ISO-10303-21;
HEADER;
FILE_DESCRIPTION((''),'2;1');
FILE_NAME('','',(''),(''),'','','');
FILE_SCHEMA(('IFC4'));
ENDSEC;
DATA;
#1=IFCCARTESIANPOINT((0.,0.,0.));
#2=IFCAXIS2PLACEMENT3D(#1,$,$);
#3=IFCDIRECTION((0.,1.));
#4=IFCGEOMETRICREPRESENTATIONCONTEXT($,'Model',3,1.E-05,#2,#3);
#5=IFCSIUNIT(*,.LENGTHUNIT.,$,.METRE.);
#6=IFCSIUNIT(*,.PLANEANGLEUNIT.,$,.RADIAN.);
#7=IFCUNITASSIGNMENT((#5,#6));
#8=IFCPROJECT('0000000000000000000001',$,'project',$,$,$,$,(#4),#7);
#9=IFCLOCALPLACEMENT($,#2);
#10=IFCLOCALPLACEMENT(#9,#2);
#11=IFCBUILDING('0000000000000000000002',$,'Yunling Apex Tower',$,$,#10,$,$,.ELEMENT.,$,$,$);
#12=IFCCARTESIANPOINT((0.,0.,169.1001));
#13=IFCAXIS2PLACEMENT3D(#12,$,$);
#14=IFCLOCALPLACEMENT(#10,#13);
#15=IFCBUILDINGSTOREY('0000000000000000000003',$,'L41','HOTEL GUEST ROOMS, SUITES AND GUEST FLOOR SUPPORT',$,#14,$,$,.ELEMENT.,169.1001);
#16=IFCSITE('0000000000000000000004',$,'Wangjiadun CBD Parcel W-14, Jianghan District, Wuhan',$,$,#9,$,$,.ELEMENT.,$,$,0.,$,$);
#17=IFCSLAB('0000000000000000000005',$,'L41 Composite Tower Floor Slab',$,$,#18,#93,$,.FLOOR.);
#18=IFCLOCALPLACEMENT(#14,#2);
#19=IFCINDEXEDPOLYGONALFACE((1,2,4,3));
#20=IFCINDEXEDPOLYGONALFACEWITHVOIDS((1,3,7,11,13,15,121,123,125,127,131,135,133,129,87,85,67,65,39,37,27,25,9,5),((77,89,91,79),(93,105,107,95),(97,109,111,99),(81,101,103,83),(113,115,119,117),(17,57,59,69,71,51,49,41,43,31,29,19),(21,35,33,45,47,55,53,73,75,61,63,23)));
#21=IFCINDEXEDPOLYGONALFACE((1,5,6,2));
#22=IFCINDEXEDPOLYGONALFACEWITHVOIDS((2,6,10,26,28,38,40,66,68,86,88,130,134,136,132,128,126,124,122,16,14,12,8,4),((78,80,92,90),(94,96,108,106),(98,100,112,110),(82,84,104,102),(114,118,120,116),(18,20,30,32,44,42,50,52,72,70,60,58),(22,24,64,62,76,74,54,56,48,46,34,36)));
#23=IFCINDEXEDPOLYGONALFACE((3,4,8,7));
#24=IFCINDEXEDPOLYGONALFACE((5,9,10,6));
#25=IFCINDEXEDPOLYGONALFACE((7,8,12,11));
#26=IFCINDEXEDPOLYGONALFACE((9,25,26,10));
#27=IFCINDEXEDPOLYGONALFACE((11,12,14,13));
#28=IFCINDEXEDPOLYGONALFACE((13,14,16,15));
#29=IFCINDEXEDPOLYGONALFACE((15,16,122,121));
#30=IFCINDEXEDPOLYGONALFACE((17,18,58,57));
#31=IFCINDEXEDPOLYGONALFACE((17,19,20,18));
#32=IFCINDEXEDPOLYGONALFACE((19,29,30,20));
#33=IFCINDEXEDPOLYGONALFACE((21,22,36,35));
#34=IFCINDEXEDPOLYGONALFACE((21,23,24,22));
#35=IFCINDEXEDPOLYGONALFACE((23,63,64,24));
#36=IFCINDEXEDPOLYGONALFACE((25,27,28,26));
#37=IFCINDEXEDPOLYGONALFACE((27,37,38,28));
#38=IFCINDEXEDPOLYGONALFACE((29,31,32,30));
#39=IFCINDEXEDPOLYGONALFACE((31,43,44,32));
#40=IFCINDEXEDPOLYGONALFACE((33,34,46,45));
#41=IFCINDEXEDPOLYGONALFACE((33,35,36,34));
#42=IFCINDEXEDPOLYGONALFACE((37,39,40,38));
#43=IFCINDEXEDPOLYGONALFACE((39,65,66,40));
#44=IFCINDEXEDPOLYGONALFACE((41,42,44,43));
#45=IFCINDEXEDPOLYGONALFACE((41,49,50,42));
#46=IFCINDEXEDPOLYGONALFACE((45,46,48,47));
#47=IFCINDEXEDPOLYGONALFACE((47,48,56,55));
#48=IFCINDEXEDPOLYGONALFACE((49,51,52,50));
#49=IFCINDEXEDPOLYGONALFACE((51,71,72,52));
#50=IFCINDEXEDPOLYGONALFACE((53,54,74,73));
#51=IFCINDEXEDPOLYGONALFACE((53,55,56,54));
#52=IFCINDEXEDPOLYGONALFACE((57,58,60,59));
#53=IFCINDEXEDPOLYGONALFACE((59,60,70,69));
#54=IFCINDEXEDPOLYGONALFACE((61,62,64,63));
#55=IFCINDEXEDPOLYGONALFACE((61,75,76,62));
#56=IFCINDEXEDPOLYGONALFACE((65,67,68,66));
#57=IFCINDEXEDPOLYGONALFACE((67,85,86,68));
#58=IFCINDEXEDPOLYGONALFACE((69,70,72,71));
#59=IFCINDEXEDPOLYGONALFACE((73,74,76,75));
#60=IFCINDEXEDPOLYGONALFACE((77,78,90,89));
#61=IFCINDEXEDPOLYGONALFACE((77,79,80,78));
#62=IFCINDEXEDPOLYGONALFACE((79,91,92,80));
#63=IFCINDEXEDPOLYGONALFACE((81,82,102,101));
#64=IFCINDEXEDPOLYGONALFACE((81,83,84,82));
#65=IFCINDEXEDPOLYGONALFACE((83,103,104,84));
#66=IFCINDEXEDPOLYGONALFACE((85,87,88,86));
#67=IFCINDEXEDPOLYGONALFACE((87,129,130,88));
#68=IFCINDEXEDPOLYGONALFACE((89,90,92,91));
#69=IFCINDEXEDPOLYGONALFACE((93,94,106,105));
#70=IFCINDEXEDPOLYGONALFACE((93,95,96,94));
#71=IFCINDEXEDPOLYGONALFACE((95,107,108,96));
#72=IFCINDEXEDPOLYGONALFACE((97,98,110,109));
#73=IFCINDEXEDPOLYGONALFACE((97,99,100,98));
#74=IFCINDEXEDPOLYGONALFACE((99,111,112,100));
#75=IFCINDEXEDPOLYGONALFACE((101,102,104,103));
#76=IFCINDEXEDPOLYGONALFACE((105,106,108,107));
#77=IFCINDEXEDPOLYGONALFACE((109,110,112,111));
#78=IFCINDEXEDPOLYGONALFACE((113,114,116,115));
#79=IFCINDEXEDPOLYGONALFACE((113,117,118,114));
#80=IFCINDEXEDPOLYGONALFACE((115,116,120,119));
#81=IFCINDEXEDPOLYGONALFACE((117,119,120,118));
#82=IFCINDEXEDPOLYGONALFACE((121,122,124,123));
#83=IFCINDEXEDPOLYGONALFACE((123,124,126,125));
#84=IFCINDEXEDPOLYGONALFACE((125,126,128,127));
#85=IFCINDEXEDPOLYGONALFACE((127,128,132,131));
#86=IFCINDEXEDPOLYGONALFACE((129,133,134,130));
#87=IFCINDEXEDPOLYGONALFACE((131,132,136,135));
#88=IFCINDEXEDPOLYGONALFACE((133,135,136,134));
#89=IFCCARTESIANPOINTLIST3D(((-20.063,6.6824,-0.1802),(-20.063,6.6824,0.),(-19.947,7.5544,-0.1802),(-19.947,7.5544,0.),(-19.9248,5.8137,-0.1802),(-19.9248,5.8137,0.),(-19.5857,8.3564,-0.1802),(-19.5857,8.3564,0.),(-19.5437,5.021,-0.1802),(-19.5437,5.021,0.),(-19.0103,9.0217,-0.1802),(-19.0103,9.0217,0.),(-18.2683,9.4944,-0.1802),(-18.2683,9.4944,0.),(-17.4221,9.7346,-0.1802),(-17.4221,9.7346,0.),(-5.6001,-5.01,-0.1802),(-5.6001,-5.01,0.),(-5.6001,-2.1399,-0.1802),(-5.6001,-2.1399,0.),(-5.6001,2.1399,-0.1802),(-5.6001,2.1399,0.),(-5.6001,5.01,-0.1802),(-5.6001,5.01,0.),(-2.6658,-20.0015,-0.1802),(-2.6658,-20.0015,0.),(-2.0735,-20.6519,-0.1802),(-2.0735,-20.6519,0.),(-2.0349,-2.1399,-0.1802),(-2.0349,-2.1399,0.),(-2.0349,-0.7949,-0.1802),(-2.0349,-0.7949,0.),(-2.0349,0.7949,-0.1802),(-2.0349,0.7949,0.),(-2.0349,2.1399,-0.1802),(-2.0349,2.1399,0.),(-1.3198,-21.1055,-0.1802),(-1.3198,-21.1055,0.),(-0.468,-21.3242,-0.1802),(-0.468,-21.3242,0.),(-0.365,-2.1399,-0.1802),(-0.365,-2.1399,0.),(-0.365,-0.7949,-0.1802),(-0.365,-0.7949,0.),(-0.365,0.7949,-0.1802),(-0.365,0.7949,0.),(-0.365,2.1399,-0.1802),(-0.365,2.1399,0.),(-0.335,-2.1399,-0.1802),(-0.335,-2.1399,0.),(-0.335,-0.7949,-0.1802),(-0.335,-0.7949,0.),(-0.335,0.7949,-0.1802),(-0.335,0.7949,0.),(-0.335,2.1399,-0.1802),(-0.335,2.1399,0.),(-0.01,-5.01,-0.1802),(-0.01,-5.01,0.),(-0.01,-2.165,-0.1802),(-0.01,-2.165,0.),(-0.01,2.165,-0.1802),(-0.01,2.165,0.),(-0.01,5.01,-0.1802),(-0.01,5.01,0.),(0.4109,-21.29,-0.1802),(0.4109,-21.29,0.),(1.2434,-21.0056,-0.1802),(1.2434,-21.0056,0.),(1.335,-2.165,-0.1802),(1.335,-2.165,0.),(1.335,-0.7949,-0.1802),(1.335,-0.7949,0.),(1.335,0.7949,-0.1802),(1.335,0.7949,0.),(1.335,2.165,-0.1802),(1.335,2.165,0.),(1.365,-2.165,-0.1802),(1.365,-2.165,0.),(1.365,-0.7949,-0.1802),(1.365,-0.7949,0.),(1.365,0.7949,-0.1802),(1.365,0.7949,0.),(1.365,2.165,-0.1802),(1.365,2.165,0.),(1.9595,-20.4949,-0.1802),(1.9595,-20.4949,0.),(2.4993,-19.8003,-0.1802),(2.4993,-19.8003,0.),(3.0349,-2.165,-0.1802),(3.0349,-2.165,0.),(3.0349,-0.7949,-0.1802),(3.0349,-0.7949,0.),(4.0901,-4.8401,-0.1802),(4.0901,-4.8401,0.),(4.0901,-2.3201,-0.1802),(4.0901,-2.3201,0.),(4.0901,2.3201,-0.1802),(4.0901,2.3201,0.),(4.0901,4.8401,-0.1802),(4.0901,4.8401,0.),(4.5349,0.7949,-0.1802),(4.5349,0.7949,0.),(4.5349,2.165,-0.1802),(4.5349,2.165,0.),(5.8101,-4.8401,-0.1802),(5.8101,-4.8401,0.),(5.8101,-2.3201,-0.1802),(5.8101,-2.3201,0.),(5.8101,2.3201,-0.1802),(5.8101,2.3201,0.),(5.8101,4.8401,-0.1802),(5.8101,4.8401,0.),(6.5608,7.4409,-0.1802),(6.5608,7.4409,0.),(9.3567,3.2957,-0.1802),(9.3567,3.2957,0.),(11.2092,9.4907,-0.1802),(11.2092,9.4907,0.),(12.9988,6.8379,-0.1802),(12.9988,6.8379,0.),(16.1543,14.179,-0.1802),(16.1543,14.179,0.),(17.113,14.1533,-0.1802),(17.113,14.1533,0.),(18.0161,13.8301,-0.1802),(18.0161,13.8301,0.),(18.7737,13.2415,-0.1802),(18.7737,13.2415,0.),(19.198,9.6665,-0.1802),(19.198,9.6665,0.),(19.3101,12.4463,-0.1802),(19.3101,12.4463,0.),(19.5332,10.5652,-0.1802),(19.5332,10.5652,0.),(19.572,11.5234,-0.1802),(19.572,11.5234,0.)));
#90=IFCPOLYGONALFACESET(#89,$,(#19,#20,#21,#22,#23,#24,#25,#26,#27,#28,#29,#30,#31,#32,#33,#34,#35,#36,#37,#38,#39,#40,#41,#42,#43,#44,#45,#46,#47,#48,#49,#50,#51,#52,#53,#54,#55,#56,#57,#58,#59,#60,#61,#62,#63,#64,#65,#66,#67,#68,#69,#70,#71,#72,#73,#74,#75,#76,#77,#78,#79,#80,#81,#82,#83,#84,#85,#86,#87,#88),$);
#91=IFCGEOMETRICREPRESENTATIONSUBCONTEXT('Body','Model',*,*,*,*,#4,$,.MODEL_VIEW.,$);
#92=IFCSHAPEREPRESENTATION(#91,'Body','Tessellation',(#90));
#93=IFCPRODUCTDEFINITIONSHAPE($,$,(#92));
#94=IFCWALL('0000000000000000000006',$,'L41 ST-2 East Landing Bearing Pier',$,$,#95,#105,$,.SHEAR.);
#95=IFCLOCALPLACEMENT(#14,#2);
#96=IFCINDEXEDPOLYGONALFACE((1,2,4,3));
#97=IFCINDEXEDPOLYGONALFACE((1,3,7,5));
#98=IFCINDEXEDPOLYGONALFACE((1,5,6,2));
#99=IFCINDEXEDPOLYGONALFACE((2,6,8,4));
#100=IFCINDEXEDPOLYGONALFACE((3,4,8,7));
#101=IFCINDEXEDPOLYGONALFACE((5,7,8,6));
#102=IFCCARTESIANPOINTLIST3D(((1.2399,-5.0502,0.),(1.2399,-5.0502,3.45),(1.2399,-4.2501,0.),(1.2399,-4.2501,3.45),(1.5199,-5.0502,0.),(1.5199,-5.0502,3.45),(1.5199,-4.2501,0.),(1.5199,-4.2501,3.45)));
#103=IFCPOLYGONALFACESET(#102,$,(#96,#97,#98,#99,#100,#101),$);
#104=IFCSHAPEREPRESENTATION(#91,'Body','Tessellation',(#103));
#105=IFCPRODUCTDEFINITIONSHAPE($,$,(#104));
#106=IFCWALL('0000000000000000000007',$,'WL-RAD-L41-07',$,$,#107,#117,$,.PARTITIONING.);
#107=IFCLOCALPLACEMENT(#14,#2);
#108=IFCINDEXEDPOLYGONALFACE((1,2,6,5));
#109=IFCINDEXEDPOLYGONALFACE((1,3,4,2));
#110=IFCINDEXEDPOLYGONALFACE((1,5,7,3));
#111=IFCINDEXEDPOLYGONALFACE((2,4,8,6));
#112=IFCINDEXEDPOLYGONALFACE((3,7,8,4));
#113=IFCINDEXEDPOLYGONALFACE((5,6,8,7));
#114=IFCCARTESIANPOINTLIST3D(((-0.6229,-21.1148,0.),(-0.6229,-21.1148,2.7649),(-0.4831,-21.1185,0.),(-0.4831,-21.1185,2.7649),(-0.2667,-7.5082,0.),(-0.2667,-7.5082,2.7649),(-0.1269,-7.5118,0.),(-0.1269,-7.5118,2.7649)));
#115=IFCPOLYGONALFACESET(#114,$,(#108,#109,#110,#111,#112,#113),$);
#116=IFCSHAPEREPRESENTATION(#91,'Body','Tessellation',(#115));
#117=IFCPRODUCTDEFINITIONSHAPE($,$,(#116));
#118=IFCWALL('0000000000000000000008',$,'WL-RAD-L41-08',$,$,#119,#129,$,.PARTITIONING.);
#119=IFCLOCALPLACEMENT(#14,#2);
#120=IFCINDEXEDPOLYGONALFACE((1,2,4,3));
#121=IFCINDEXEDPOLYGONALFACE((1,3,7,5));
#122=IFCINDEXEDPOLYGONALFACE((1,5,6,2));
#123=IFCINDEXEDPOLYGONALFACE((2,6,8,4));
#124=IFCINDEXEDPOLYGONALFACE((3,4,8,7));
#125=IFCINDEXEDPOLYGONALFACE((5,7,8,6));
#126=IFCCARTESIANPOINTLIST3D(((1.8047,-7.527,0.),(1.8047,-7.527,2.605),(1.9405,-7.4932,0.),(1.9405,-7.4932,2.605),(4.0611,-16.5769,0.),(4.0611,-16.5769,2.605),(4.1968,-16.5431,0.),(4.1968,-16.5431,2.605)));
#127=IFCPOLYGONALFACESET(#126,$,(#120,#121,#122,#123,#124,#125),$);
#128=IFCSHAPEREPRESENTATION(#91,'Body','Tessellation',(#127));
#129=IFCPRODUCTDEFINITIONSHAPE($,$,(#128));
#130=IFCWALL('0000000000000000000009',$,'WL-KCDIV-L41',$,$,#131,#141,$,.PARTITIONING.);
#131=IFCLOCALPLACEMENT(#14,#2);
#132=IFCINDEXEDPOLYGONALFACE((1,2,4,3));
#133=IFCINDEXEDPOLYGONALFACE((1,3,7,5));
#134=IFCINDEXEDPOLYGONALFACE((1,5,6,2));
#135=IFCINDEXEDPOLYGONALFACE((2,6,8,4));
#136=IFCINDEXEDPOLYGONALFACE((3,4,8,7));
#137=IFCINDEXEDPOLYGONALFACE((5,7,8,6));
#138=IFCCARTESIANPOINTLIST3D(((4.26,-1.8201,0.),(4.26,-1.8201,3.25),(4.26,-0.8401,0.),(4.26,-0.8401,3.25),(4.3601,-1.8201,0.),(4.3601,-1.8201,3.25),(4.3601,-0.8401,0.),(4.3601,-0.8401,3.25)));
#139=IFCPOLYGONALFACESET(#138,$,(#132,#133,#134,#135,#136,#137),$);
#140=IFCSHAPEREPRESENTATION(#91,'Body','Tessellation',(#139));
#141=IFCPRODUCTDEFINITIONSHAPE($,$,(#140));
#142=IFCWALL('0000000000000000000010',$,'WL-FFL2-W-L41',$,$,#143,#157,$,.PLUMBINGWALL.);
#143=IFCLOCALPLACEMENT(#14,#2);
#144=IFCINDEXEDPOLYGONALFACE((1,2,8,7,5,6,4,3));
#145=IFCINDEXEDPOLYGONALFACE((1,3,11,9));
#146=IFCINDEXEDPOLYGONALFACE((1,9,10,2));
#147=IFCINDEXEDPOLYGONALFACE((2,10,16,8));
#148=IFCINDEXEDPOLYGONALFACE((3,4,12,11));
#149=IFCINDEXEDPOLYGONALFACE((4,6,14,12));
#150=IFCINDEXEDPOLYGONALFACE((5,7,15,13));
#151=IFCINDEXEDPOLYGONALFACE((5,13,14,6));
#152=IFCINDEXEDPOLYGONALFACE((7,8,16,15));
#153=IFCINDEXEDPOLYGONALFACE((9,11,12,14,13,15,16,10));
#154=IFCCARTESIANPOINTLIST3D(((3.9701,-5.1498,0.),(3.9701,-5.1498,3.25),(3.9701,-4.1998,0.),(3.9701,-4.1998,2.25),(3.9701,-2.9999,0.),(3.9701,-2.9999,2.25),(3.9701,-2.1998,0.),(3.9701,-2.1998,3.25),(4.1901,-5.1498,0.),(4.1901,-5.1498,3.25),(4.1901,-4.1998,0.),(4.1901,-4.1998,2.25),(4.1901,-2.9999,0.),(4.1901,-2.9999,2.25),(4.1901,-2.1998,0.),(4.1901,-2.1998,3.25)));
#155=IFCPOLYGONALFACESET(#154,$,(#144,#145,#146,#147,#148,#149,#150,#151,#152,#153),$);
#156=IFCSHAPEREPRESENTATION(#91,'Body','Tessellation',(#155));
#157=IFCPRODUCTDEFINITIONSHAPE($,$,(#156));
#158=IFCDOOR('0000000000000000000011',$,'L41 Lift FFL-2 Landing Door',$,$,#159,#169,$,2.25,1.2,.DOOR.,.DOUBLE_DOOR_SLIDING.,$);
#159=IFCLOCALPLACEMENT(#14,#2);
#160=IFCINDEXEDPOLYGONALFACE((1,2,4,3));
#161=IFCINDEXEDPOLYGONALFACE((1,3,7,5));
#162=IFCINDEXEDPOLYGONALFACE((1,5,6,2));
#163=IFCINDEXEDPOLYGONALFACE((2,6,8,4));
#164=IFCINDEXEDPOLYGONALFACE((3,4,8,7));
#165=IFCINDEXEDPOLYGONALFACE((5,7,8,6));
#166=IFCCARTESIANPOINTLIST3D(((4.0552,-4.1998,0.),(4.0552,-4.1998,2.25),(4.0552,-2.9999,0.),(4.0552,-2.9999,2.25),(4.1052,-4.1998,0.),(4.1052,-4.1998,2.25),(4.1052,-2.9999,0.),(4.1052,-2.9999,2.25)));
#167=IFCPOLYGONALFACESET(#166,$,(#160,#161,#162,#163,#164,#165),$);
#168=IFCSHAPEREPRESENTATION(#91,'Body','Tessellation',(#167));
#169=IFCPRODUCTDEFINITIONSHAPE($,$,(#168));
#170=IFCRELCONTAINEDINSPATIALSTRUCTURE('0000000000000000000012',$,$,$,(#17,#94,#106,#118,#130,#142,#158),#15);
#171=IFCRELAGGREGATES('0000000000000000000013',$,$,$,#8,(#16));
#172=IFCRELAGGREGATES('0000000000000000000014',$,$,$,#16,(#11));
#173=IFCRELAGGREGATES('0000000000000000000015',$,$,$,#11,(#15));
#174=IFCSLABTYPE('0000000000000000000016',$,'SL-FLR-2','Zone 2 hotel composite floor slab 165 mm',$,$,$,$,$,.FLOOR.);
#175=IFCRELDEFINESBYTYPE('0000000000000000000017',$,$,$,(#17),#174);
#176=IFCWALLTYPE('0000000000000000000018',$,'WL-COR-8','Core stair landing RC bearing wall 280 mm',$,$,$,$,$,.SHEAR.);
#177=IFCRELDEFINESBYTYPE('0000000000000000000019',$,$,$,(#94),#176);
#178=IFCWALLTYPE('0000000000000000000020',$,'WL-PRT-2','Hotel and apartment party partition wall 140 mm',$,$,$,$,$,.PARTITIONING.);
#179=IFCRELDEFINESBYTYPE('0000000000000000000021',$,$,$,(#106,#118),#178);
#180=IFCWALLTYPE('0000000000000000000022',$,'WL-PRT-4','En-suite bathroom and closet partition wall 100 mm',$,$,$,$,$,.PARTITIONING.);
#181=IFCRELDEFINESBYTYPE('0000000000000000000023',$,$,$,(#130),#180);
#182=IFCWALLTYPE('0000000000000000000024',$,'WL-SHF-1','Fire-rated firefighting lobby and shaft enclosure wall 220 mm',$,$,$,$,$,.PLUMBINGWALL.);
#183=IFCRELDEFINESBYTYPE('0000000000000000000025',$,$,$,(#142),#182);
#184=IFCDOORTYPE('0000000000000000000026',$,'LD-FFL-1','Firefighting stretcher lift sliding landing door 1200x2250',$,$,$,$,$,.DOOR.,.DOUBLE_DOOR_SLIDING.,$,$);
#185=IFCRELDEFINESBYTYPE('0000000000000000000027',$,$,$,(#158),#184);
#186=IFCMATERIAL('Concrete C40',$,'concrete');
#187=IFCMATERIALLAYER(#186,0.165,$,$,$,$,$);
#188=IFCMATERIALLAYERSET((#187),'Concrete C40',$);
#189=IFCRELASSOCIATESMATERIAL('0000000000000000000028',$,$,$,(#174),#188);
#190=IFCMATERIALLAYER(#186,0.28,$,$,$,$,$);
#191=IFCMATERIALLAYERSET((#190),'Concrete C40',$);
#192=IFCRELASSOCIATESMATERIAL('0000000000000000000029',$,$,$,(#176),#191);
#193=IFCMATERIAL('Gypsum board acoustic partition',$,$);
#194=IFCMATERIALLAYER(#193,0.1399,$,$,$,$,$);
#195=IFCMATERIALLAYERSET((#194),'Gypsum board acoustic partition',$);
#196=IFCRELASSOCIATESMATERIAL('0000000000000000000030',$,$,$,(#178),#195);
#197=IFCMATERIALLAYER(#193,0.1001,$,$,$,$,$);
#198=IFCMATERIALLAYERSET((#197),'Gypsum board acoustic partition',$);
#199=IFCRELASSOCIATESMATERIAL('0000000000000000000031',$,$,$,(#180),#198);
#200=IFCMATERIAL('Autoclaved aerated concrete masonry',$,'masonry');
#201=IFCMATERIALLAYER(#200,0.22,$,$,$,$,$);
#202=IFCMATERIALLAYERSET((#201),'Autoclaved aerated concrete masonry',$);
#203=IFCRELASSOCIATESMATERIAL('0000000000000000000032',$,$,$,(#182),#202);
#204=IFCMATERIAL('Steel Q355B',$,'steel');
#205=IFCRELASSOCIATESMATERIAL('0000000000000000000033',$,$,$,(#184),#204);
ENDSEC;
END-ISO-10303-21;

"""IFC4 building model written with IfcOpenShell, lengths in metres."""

from ifc_helpers import new_model, si_unit, direction, frame, frame_2d, origin, place, context, subcontext, project, spatial, polyline, rectangle, outline, extrude, material, layer, layer_set, type_object, element, fill, save


model = new_model("IFC4")

# Units and contexts
model_context = context("Model", 3, precision=1e-05, world=origin(), true_north=direction((0.0, 1.0)))
body_context = subcontext(model_context, "Body", "Model", "MODEL_VIEW")
ifc_project = project(units=[si_unit("LENGTHUNIT", "METRE"), si_unit("PLANEANGLEUNIT", "RADIAN")], contexts=[model_context])

# Site, building, storey
site_placement = place(None, origin())
site = spatial("IfcSite", under=ifc_project, at=site_placement, Name="Wangjiadun CBD Parcel W-14, Jianghan District, Wuhan", CompositionType="ELEMENT", RefElevation=0.0)
building_placement = place(site_placement, origin())
building = spatial("IfcBuilding", under=site, at=building_placement, Name="Yunling Apex Tower", CompositionType="ELEMENT")
storey_placement = place(building_placement, frame((0.0, 0.0, 169.1001)))
storey = spatial("IfcBuildingStorey", under=building, at=storey_placement, Name="L41", Description="HOTEL GUEST ROOMS, SUITES AND GUEST FLOOR SUPPORT", CompositionType="ELEMENT", Elevation=169.1001)

# Slab
ifc_material_1 = material(Name="Concrete C40", Category="concrete")
ifc_layer_1 = layer(ifc_material_1, 0.165)
ifc_layer_set_1 = layer_set([ifc_layer_1], Name="Concrete C40")
slab_type = type_object("IfcSlabType", Name="SL-FLR-2", Description="Zone 2 hotel composite floor slab 165 mm", PredefinedType="FLOOR", material=ifc_layer_set_1)
slab_placement = place(storey_placement, frame((0.0, 0.0, -0.1802)))
element("IfcSlab", 1, at=slab_placement, inside=storey, type_object=slab_type, Name="L41 Composite Tower Floor Slab", PredefinedType="FLOOR", context=body_context, shape_type="SweptSolid", body=[
    extrude(outline(polyline([(-2.6658, -20.0015), (-2.0735, -20.6519), (-1.3198, -21.1055), (-0.468, -21.3242), (0.4109, -21.29), (1.2434, -21.0056), (1.9595, -20.4949), (2.4993, -19.8003), (19.198, 9.6665), (19.5332, 10.5652), (19.572, 11.5234), (19.3101, 12.4463), (18.7737, 13.2415), (18.0161, 13.8301), (17.113, 14.1533), (16.1543, 14.179), (-17.4221, 9.7346), (-18.2683, 9.4944), (-19.0103, 9.0217), (-19.5857, 8.3564), (-19.947, 7.5544), (-20.063, 6.6824), (-19.9248, 5.8137), (-19.5437, 5.021), (-2.6658, -20.0015)]), holes=[polyline([(11.2092, 9.4907), (12.9988, 6.8379), (9.3567, 3.2957), (6.5608, 7.4409), (11.2092, 9.4907)]), polyline([(4.0901, -2.3201), (5.8101, -2.3201), (5.8101, -4.8401), (4.0901, -4.8401), (4.0901, -2.3201)]), polyline([(5.8101, 4.8401), (5.8101, 2.3201), (4.0901, 2.3201), (4.0901, 4.8401), (5.8101, 4.8401)]), polyline([(1.365, 2.165), (4.5349, 2.165), (4.5349, 0.7949), (1.365, 0.7949), (1.365, 2.165)]), polyline([(3.0349, -0.7949), (3.0349, -2.165), (1.365, -2.165), (1.365, -0.7949), (3.0349, -0.7949)]), polyline([(-2.0349, -0.7949), (-0.365, -0.7949), (-0.365, -2.1399), (-0.335, -2.1399), (-0.335, -0.7949), (1.335, -0.7949), (1.335, -2.165), (-0.01, -2.165), (-0.01, -5.01), (-5.6001, -5.01), (-5.6001, -2.1399), (-2.0349, -2.1399), (-2.0349, -0.7949)]), polyline([(-5.6001, 2.1399), (-5.6001, 5.01), (-0.01, 5.01), (-0.01, 2.165), (1.335, 2.165), (1.335, 0.7949), (-0.335, 0.7949), (-0.335, 2.1399), (-0.365, 2.1399), (-0.365, 0.7949), (-2.0349, 0.7949), (-2.0349, 2.1399), (-5.6001, 2.1399)])]), origin(), (0.0, 0.0, 1.0), 0.1802),
])

# Walls
ifc_layer_2 = layer(ifc_material_1, 0.28)
ifc_layer_set_2 = layer_set([ifc_layer_2], Name="Concrete C40")
wall_type_1 = type_object("IfcWallType", Name="WL-COR-8", Description="Core stair landing RC bearing wall 280 mm", PredefinedType="SHEAR", material=ifc_layer_set_2)
wall_1_placement = place(storey_placement, frame((1.3799, -5.05, 0.0), z_axis=(0.0, 0.0, 1.0), x_axis=(0.0, 1.0, 0.0)))
element("IfcWall", 2, at=wall_1_placement, inside=storey, type_object=wall_type_1, Name="L41 ST-2 East Landing Bearing Pier", PredefinedType="SHEAR", context=body_context, shape_type="SweptSolid", body=[
    extrude(rectangle(XDim=0.8, YDim=0.28, at=frame_2d((0.3999, 0.0))), origin(), (0.0, 0.0, 1.0), 3.45),
])
ifc_material_2 = material(Name="Gypsum board acoustic partition")
ifc_layer_3 = layer(ifc_material_2, 0.1399)
ifc_layer_set_3 = layer_set([ifc_layer_3], Name="Gypsum board acoustic partition")
wall_type_2 = type_object("IfcWallType", Name="WL-PRT-2", Description="Hotel and apartment party partition wall 140 mm", PredefinedType="PARTITIONING", material=ifc_layer_set_3)
wall_2_placement = place(storey_placement, frame((-0.1968, -7.51, 0.0), z_axis=(0.0, 0.0, 1.0), x_axis=(-0.026169, -0.999658, 0.0)))
element("IfcWall", 3, at=wall_2_placement, inside=storey, type_object=wall_type_2, Name="WL-RAD-L41-07", PredefinedType="PARTITIONING", context=body_context, shape_type="SweptSolid", body=[
    extrude(rectangle(XDim=13.6113, YDim=0.1399, at=frame_2d((6.8057, 0.0))), origin(), (0.0, 0.0, 1.0), 2.7649),
])
wall_3_placement = place(storey_placement, frame((1.8726, -7.51, 0.0), z_axis=(0.0, 0.0, 1.0), x_axis=(0.24192, -0.970296, 0.0)))
element("IfcWall", 4, at=wall_3_placement, inside=storey, type_object=wall_type_2, Name="WL-RAD-L41-08", PredefinedType="PARTITIONING", context=body_context, shape_type="SweptSolid", body=[
    extrude(rectangle(XDim=9.3269, YDim=0.1399, at=frame_2d((4.6636, 0.0))), origin(), (0.0, 0.0, 1.0), 2.605),
])
ifc_layer_4 = layer(ifc_material_2, 0.1001)
ifc_layer_set_4 = layer_set([ifc_layer_4], Name="Gypsum board acoustic partition")
wall_type_3 = type_object("IfcWallType", Name="WL-PRT-4", Description="En-suite bathroom and closet partition wall 100 mm", PredefinedType="PARTITIONING", material=ifc_layer_set_4)
wall_4_placement = place(storey_placement, frame((4.3101, -1.8201, 0.0), z_axis=(0.0, 0.0, 1.0), x_axis=(0.0, 1.0, 0.0)))
element("IfcWall", 5, at=wall_4_placement, inside=storey, type_object=wall_type_3, Name="WL-KCDIV-L41", PredefinedType="PARTITIONING", context=body_context, shape_type="SweptSolid", body=[
    extrude(rectangle(XDim=0.98, YDim=0.1001, at=frame_2d((0.49, 0.0))), origin(), (0.0, 0.0, 1.0), 3.25),
])

# Wall, opening, door
ifc_material_3 = material(Name="Autoclaved aerated concrete masonry", Category="masonry")
ifc_layer_5 = layer(ifc_material_3, 0.22)
ifc_layer_set_5 = layer_set([ifc_layer_5], Name="Autoclaved aerated concrete masonry")
wall_type_4 = type_object("IfcWallType", Name="WL-SHF-1", Description="Fire-rated firefighting lobby and shaft enclosure wall 220 mm", PredefinedType="PLUMBINGWALL", material=ifc_layer_set_5)
ifc_material_4 = material(Name="Steel Q355B", Category="steel")
wall_5_placement = place(storey_placement, frame((4.0801, -5.1499, 0.0), z_axis=(0.0, 0.0, 1.0), x_axis=(0.0, 1.0, 0.0)))
wall_5 = element("IfcWall", 6, at=wall_5_placement, inside=storey, type_object=wall_type_4, Name="WL-FFL2-W-L41", PredefinedType="PLUMBINGWALL", context=body_context, shape_type="SweptSolid", body=[
    extrude(rectangle(XDim=2.95, YDim=0.22, at=frame_2d((1.4751, 0.0))), origin(), (0.0, 0.0, 1.0), 3.25),
])
opening_1_placement = place(wall_5_placement, frame((0.95, 0.0, 0.0)))
opening_1 = element("IfcOpeningElement", 7, at=opening_1_placement, cuts=wall_5, PredefinedType="OPENING", context=body_context, shape_type="SweptSolid", body=[
    extrude(rectangle(XDim=1.2, YDim=2.25, at=frame_2d((0.6001, 1.125))), frame((0.0, 0.1201, 0.0), z_axis=(0.0, -1.0, 0.0), x_axis=(1.0, 0.0, 0.0)), (0.0, 0.0, 1.0), 0.24),
])
door_type_1 = type_object("IfcDoorType", Name="LD-FFL-1", Description="Firefighting stretcher lift sliding landing door 1200x2250", OperationType="DOUBLE_DOOR_SLIDING", PredefinedType="DOOR", material=ifc_material_4)
door_1_placement = place(opening_1_placement, origin())
door_1 = element("IfcDoor", 8, at=door_1_placement, inside=storey, type_object=door_type_1, Name="L41 Lift FFL-2 Landing Door", OperationType="DOUBLE_DOOR_SLIDING", OverallHeight=2.25, OverallWidth=1.2, PredefinedType="DOOR", context=body_context, shape_type="SweptSolid", body=[
    extrude(rectangle(XDim=1.2, YDim=2.25, at=frame_2d((0.6001, 1.125))), frame((0.0, 0.0249, 0.0), z_axis=(0.0, -1.0, 0.0), x_axis=(1.0, 0.0, 0.0)), (0.0, 0.0, 1.0), 0.05),
])
fill(opening_1, door_1)

save(model, "model.ifc")
